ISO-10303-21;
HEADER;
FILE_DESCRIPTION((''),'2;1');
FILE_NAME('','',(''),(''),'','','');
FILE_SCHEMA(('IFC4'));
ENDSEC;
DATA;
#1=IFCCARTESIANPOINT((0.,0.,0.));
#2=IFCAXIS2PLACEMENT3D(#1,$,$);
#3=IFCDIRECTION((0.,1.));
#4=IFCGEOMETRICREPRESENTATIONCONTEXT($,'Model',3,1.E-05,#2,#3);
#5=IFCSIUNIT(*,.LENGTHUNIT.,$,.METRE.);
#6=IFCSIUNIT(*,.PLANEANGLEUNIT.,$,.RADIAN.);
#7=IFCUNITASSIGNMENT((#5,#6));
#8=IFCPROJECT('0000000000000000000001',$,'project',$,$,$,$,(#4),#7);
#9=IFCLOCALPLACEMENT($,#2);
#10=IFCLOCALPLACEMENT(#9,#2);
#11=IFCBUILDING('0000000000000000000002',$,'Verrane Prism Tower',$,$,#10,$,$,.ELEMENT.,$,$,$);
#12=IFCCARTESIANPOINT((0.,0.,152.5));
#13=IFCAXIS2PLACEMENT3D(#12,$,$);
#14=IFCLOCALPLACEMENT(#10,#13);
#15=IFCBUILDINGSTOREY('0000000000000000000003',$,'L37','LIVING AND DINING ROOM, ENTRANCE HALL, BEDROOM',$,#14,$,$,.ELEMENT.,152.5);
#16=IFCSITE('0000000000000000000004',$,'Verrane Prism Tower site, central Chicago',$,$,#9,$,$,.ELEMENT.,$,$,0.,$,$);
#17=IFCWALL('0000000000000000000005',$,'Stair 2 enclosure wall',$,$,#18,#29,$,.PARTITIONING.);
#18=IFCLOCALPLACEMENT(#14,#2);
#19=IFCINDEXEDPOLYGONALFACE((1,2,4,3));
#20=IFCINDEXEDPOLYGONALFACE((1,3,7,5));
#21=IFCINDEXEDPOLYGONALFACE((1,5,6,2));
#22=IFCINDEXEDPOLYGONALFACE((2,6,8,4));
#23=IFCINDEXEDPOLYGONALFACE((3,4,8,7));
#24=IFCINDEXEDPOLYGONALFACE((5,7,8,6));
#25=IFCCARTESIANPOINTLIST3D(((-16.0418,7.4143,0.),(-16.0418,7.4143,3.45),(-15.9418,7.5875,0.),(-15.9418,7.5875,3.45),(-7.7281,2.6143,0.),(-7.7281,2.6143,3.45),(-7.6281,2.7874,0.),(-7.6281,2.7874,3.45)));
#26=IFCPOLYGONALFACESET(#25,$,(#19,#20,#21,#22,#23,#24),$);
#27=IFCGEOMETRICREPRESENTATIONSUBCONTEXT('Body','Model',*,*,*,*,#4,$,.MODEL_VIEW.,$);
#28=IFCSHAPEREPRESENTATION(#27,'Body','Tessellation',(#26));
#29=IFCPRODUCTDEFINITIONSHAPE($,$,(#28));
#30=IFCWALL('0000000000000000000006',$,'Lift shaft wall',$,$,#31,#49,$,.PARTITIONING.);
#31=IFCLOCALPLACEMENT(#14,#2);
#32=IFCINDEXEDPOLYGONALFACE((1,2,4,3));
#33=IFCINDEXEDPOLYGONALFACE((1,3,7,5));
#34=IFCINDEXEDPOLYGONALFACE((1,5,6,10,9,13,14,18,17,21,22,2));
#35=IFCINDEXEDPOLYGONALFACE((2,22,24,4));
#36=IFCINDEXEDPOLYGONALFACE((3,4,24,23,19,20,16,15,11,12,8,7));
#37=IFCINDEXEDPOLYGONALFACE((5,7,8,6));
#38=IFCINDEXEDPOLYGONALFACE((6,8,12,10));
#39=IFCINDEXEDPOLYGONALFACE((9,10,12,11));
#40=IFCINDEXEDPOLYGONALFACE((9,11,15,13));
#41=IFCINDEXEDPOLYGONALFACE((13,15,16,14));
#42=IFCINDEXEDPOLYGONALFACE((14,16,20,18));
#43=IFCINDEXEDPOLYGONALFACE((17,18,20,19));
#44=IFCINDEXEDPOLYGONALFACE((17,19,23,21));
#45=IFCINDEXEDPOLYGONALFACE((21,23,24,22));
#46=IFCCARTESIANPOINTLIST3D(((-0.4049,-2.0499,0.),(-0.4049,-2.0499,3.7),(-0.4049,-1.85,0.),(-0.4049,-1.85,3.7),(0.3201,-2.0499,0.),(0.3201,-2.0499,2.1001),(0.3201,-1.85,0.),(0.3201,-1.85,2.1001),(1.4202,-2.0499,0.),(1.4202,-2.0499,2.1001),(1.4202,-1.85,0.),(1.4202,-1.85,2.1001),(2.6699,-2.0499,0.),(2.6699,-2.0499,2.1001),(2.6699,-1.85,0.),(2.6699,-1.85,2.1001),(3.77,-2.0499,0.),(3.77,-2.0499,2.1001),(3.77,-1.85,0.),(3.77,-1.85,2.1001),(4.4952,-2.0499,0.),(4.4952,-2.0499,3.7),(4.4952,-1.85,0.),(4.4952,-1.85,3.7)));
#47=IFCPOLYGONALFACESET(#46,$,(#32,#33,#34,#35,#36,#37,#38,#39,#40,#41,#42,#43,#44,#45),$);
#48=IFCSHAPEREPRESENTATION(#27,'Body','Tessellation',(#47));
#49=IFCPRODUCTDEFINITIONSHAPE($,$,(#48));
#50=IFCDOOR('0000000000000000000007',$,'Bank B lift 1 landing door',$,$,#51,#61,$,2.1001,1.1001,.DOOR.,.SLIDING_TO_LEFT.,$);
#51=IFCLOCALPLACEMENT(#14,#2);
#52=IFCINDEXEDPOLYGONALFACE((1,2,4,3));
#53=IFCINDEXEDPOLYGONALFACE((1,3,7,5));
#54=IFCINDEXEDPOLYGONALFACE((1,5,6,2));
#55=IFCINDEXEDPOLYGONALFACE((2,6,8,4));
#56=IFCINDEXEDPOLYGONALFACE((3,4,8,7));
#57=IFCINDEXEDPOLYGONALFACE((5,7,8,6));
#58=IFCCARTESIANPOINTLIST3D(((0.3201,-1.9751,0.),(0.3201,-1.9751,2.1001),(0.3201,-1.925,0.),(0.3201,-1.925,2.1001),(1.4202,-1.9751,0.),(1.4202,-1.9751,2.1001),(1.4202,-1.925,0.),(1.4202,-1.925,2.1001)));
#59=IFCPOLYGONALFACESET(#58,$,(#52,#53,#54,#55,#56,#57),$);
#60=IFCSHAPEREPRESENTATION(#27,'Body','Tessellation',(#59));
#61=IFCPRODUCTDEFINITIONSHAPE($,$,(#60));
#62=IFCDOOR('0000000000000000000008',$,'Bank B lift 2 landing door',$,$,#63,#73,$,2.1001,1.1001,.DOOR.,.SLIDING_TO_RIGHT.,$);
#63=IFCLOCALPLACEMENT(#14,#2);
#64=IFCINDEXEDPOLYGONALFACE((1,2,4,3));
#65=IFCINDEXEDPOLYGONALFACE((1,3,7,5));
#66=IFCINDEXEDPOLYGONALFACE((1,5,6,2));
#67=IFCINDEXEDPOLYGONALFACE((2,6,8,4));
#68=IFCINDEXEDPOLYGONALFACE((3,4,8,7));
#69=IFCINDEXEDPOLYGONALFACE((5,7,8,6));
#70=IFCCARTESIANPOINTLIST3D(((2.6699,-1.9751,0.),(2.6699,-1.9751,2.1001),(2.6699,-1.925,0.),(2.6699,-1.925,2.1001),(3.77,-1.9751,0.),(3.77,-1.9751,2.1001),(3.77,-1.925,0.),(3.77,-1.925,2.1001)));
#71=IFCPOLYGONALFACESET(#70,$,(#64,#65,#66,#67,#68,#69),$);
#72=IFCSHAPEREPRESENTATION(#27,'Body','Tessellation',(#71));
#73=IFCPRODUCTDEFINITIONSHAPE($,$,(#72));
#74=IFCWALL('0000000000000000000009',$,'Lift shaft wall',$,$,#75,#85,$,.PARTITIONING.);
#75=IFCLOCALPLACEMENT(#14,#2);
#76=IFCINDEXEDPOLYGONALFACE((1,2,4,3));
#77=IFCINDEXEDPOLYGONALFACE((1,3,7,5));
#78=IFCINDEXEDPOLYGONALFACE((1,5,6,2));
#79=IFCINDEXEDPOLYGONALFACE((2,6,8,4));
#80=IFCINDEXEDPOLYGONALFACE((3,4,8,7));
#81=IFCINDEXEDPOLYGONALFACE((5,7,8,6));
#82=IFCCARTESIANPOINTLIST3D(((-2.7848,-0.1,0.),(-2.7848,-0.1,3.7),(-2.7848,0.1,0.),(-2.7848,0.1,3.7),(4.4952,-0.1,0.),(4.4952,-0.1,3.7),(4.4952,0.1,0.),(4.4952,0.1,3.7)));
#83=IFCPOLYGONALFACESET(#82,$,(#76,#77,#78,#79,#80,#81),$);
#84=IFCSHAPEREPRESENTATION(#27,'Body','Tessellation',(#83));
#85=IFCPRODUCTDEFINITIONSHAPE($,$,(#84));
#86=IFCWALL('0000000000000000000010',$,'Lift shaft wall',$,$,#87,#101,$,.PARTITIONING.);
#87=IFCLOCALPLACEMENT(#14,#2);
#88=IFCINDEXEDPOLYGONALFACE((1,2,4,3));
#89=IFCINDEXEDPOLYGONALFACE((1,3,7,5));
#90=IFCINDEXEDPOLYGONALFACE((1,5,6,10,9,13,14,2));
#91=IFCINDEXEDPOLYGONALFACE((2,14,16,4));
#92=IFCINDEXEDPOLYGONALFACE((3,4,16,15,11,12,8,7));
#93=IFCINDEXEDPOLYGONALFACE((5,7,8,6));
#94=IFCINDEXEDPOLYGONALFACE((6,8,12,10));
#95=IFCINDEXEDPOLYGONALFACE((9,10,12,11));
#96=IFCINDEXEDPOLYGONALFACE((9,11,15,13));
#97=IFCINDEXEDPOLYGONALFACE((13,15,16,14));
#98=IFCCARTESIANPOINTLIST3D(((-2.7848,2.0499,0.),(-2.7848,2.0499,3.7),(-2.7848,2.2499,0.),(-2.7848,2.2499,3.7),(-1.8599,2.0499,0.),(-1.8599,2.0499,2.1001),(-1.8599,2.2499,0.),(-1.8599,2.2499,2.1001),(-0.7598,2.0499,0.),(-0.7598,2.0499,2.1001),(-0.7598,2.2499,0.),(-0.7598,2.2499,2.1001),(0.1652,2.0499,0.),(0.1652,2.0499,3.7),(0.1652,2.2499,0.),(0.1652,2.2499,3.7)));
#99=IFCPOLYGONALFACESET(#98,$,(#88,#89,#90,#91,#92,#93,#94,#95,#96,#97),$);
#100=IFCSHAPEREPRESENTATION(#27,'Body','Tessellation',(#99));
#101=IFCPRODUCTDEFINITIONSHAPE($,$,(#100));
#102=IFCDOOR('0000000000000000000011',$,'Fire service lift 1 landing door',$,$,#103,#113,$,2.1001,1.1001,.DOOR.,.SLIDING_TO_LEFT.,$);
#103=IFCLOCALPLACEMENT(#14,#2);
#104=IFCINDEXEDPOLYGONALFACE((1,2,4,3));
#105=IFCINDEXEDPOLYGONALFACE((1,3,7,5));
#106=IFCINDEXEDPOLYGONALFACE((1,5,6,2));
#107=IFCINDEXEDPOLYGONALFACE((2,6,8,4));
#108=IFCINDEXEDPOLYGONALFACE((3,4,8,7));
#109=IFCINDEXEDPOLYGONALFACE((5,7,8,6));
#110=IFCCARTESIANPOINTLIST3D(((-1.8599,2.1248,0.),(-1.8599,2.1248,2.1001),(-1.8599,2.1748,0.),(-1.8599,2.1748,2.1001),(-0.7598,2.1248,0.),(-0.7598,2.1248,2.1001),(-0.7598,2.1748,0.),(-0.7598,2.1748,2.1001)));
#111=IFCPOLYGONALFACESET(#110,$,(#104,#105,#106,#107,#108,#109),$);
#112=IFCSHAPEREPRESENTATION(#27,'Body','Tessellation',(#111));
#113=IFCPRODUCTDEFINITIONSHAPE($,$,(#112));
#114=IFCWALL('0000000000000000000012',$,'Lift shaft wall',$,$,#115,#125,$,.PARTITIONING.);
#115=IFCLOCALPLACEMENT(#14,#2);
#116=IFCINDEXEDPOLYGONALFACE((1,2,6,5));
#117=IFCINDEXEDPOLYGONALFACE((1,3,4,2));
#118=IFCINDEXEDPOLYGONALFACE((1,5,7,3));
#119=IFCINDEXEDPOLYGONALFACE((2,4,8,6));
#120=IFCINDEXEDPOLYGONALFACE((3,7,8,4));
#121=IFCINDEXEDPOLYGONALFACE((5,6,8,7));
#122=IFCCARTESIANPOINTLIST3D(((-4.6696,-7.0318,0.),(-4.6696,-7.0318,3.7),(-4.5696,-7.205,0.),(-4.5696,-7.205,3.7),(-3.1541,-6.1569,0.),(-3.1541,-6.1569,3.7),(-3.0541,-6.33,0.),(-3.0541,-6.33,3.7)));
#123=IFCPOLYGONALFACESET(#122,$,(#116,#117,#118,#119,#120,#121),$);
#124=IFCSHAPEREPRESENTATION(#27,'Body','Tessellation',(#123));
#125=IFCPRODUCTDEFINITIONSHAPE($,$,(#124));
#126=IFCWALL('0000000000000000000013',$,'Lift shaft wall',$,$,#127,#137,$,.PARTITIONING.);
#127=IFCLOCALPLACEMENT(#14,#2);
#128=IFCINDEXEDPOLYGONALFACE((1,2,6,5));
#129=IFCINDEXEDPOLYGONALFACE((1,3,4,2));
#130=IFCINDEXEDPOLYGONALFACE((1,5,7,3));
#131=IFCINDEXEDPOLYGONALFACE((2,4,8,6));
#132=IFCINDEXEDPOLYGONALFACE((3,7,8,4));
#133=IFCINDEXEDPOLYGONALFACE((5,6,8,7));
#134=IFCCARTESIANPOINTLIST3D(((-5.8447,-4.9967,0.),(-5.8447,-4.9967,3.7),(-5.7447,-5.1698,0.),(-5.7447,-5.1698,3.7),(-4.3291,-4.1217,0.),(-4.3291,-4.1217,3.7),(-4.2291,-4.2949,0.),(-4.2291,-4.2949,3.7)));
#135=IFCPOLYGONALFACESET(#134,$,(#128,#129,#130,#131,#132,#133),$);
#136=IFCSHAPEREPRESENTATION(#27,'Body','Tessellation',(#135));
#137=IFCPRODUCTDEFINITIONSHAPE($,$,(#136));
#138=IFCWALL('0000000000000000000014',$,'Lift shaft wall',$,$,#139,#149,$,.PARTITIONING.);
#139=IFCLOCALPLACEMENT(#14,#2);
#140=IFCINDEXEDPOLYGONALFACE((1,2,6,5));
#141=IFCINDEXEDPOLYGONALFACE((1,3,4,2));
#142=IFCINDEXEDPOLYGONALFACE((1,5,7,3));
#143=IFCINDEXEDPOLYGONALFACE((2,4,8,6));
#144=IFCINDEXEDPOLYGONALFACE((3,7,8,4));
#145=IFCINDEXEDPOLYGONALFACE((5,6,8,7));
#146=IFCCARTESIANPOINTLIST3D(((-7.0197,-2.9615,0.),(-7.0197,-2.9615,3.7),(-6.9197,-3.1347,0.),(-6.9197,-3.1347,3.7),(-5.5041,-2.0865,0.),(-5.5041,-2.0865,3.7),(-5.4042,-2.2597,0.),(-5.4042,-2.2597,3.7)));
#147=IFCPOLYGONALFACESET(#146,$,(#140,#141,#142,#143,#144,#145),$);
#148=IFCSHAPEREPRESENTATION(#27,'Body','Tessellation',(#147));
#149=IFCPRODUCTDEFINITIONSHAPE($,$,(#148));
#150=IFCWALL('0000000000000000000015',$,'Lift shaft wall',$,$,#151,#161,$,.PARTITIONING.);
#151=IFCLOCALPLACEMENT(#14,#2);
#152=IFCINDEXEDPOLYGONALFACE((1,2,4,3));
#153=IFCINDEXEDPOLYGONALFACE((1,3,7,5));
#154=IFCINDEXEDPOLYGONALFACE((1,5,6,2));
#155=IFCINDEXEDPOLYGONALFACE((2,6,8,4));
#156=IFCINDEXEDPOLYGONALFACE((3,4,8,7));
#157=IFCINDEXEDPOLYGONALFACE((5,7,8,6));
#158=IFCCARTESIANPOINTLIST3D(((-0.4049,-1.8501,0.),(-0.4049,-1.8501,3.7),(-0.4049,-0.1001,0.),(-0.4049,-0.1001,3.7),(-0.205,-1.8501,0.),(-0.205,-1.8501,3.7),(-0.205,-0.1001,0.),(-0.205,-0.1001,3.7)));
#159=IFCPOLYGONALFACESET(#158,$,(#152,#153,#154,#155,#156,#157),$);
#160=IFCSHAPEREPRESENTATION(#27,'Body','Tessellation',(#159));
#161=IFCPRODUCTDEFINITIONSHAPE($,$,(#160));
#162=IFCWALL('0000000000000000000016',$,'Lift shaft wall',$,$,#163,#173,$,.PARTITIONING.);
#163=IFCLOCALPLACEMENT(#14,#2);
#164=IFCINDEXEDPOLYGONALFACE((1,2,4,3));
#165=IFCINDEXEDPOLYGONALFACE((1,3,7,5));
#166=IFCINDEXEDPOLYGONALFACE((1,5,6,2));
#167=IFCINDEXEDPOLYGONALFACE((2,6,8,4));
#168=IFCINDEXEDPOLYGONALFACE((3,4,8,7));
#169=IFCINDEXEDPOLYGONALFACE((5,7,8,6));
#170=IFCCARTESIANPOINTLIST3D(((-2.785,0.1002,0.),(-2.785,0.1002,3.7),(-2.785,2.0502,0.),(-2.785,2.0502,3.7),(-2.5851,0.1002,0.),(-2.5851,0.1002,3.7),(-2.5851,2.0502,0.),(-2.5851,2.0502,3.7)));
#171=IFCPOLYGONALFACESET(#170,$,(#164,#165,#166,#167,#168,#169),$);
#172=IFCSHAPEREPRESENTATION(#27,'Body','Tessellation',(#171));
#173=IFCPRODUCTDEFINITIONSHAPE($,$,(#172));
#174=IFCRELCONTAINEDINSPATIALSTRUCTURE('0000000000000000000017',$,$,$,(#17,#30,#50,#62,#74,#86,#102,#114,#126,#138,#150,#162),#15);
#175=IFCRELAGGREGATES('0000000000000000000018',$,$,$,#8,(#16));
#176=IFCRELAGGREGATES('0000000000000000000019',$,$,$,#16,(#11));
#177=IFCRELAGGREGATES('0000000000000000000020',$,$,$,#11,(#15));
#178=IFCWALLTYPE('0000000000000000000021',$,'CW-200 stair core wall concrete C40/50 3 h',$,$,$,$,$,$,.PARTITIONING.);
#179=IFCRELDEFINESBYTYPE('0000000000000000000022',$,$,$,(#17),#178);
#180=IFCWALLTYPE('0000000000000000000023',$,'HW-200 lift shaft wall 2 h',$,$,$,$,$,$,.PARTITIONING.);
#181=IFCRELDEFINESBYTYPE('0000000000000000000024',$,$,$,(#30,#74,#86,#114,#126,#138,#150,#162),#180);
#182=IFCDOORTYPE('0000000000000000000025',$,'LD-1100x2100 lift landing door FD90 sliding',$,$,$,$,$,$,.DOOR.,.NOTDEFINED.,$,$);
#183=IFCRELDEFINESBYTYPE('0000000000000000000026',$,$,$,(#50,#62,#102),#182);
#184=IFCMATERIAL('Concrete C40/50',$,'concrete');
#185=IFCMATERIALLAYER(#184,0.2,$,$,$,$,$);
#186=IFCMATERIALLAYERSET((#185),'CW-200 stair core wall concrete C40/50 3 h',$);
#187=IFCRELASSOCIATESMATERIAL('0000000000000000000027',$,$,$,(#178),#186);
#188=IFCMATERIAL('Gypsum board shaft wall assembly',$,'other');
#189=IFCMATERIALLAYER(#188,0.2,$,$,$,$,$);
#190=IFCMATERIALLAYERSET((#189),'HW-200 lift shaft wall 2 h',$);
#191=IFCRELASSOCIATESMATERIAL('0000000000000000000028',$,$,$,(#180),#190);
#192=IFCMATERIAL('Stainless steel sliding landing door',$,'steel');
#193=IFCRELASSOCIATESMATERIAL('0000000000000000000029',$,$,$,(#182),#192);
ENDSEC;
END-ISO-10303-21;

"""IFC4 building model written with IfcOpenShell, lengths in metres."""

from ifc_helpers import new_model, si_unit, direction, frame, frame_2d, origin, place, context, subcontext, project, spatial, rectangle, extrude, material, layer, layer_set, type_object, element, fill, save


model = new_model("IFC4")

# Units and contexts
model_context = context("Model", 3, precision=1e-05, world=origin(), true_north=direction((0.0, 1.0)))
body_context = subcontext(model_context, "Body", "Model", "MODEL_VIEW")
ifc_project = project(units=[si_unit("LENGTHUNIT", "METRE"), si_unit("PLANEANGLEUNIT", "RADIAN")], contexts=[model_context])

# Site, building, storey
site_placement = place(None, origin())
site = spatial("IfcSite", under=ifc_project, at=site_placement, Name="Verrane Prism Tower site, central Chicago", CompositionType="ELEMENT", RefElevation=0.0)
building_placement = place(site_placement, origin())
building = spatial("IfcBuilding", under=site, at=building_placement, Name="Verrane Prism Tower", CompositionType="ELEMENT")
storey_placement = place(building_placement, frame((0.0, 0.0, 152.5)))
storey = spatial("IfcBuildingStorey", under=building, at=storey_placement, Name="L37", Description="LIVING AND DINING ROOM, ENTRANCE HALL, BEDROOM", CompositionType="ELEMENT", Elevation=152.5)

# Wall
ifc_material_1 = material(Name="Concrete C40/50", Category="concrete")
ifc_layer_1 = layer(ifc_material_1, 0.2)
ifc_layer_set_1 = layer_set([ifc_layer_1], Name="CW-200 stair core wall concrete C40/50 3 h")
wall_type_1 = type_object("IfcWallType", Name="CW-200 stair core wall concrete C40/50 3 h", PredefinedType="PARTITIONING", material=ifc_layer_set_1)
wall_1_placement = place(storey_placement, frame((-7.6782, 2.7009, 0.0), z_axis=(0.0, 0.0, 1.0), x_axis=(-0.86602, 0.500009, 0.0)))
element("IfcWall", 1, at=wall_1_placement, inside=storey, type_object=wall_type_1, Name="Stair 2 enclosure wall", PredefinedType="PARTITIONING", context=body_context, shape_type="SweptSolid", body=[
    extrude(rectangle(XDim=9.5999, YDim=0.2, at=frame_2d((4.7998, 0.0))), origin(), (0.0, 0.0, 1.0), 3.45),
])

# Wall, openings, doors
ifc_material_2 = material(Name="Gypsum board shaft wall assembly", Category="other")
ifc_layer_2 = layer(ifc_material_2, 0.2)
ifc_layer_set_2 = layer_set([ifc_layer_2], Name="HW-200 lift shaft wall 2 h")
wall_type_2 = type_object("IfcWallType", Name="HW-200 lift shaft wall 2 h", PredefinedType="PARTITIONING", material=ifc_layer_set_2)
wall_2_placement = place(storey_placement, frame((-0.405, -1.95, 0.0), z_axis=(0.0, 0.0, 1.0), x_axis=(1.0, 0.0, 0.0)))
wall_2 = element("IfcWall", 2, at=wall_2_placement, inside=storey, type_object=wall_type_2, Name="Lift shaft wall", PredefinedType="PARTITIONING", context=body_context, shape_type="SweptSolid", body=[
    extrude(rectangle(XDim=4.9001, YDim=0.2, at=frame_2d((2.4502, 0.0))), origin(), (0.0, 0.0, 1.0), 3.7),
])
opening_1_placement = place(wall_2_placement, frame((0.7251, 0.0, 0.0)))
opening_1 = element("IfcOpeningElement", 3, at=opening_1_placement, cuts=wall_2, PredefinedType="OPENING", context=body_context, shape_type="SweptSolid", body=[
    extrude(rectangle(XDim=1.1001, YDim=2.1001, at=frame_2d((0.55, 1.05))), frame((0.0, 0.1099, 0.0), z_axis=(0.0, -1.0, 0.0), x_axis=(1.0, 0.0, 0.0)), (0.0, 0.0, 1.0), 0.22),
])
opening_2_placement = place(wall_2_placement, frame((3.075, 0.0, 0.0)))
opening_2 = element("IfcOpeningElement", 4, at=opening_2_placement, cuts=wall_2, PredefinedType="OPENING", context=body_context, shape_type="SweptSolid", body=[
    extrude(rectangle(XDim=1.1001, YDim=2.1001, at=frame_2d((0.55, 1.05))), frame((0.0, 0.1099, 0.0), z_axis=(0.0, -1.0, 0.0), x_axis=(1.0, 0.0, 0.0)), (0.0, 0.0, 1.0), 0.22),
])
ifc_material_3 = material(Name="Stainless steel sliding landing door", Category="steel")
door_type_1 = type_object("IfcDoorType", Name="LD-1100x2100 lift landing door FD90 sliding", OperationType="NOTDEFINED", PredefinedType="DOOR", material=ifc_material_3)
door_1_placement = place(opening_1_placement, origin())
door_1 = element("IfcDoor", 5, at=door_1_placement, inside=storey, type_object=door_type_1, Name="Bank B lift 1 landing door", OperationType="SLIDING_TO_LEFT", OverallHeight=2.1001, OverallWidth=1.1001, PredefinedType="DOOR", context=body_context, shape_type="SweptSolid", body=[
    extrude(rectangle(XDim=1.1001, YDim=2.1001, at=frame_2d((0.55, 1.05))), frame((0.0, 0.0249, 0.0), z_axis=(0.0, -1.0, 0.0), x_axis=(1.0, 0.0, 0.0)), (0.0, 0.0, 1.0), 0.05),
])
fill(opening_1, door_1)
door_2_placement = place(opening_2_placement, origin())
door_2 = element("IfcDoor", 6, at=door_2_placement, inside=storey, type_object=door_type_1, Name="Bank B lift 2 landing door", OperationType="SLIDING_TO_RIGHT", OverallHeight=2.1001, OverallWidth=1.1001, PredefinedType="DOOR", context=body_context, shape_type="SweptSolid", body=[
    extrude(rectangle(XDim=1.1001, YDim=2.1001, at=frame_2d((0.55, 1.05))), frame((0.0, 0.0249, 0.0), z_axis=(0.0, -1.0, 0.0), x_axis=(1.0, 0.0, 0.0)), (0.0, 0.0, 1.0), 0.05),
])
fill(opening_2, door_2)

# Wall
wall_3_placement = place(storey_placement, frame((-2.7849, 0.0, 0.0), z_axis=(0.0, 0.0, 1.0), x_axis=(1.0, 0.0, 0.0)))
element("IfcWall", 7, at=wall_3_placement, inside=storey, type_object=wall_type_2, Name="Lift shaft wall", PredefinedType="PARTITIONING", context=body_context, shape_type="SweptSolid", body=[
    extrude(rectangle(XDim=7.28, YDim=0.2, at=frame_2d((3.6401, 0.0))), origin(), (0.0, 0.0, 1.0), 3.7),
])

# Wall, opening, door
wall_4_placement = place(storey_placement, frame((-2.7849, 2.1499, 0.0), z_axis=(0.0, 0.0, 1.0), x_axis=(1.0, 0.0, 0.0)))
wall_4 = element("IfcWall", 8, at=wall_4_placement, inside=storey, type_object=wall_type_2, Name="Lift shaft wall", PredefinedType="PARTITIONING", context=body_context, shape_type="SweptSolid", body=[
    extrude(rectangle(XDim=2.95, YDim=0.2, at=frame_2d((1.4751, 0.0))), origin(), (0.0, 0.0, 1.0), 3.7),
])
opening_3_placement = place(wall_4_placement, frame((0.925, 0.0, 0.0)))
opening_3 = element("IfcOpeningElement", 9, at=opening_3_placement, cuts=wall_4, PredefinedType="OPENING", context=body_context, shape_type="SweptSolid", body=[
    extrude(rectangle(XDim=1.1001, YDim=2.1001, at=frame_2d((0.55, 1.05))), frame((0.0, 0.1099, 0.0), z_axis=(0.0, -1.0, 0.0), x_axis=(1.0, 0.0, 0.0)), (0.0, 0.0, 1.0), 0.22),
])
door_3_placement = place(opening_3_placement, origin())
door_3 = element("IfcDoor", 10, at=door_3_placement, inside=storey, type_object=door_type_1, Name="Fire service lift 1 landing door", OperationType="SLIDING_TO_LEFT", OverallHeight=2.1001, OverallWidth=1.1001, PredefinedType="DOOR", context=body_context, shape_type="SweptSolid", body=[
    extrude(rectangle(XDim=1.1001, YDim=2.1001, at=frame_2d((0.55, 1.05))), frame((0.0, 0.0249, 0.0), z_axis=(0.0, -1.0, 0.0), x_axis=(1.0, 0.0, 0.0)), (0.0, 0.0, 1.0), 0.05),
])
fill(opening_3, door_3)

# Walls
for number, where, z_axis, x_axis, name in (
    (11, (-4.6196, -7.1184, 0.0), (0.0, 0.0, 1.0), (0.866037, 0.49998, 0.0), "Lift shaft wall"),
    (12, (-5.7947, -5.0833, 0.0), (0.0, 0.0, 1.0), (0.866037, 0.49998, 0.0), "Lift shaft wall"),
    (13, (-6.9697, -3.0481, 0.0), (0.0, 0.0, 1.0), (0.866037, 0.49998, 0.0), "Lift shaft wall"),
    (14, (-0.3049, -1.8501, 0.0), (0.0, 0.0, 1.0), (0.0, 1.0, 0.0), "Lift shaft wall"),
):
    element("IfcWall", number, at=place(storey_placement, frame(where, z_axis=z_axis, x_axis=x_axis)), inside=storey, type_object=wall_type_2, Name=name, PredefinedType="PARTITIONING", context=body_context, shape_type="SweptSolid", body=[
        extrude(rectangle(XDim=1.75, YDim=0.2, at=frame_2d((0.875, 0.0))), origin(), (0.0, 0.0, 1.0), 3.7),
    ])
wall_5_placement = place(storey_placement, frame((-2.6851, 0.1001, 0.0), z_axis=(0.0, 0.0, 1.0), x_axis=(0.0, 1.0, 0.0)))
element("IfcWall", 15, at=wall_5_placement, inside=storey, type_object=wall_type_2, Name="Lift shaft wall", PredefinedType="PARTITIONING", context=body_context, shape_type="SweptSolid", body=[
    extrude(rectangle(XDim=1.95, YDim=0.2, at=frame_2d((0.9751, 0.0))), origin(), (0.0, 0.0, 1.0), 3.7),
])

save(model, "model.ifc")
